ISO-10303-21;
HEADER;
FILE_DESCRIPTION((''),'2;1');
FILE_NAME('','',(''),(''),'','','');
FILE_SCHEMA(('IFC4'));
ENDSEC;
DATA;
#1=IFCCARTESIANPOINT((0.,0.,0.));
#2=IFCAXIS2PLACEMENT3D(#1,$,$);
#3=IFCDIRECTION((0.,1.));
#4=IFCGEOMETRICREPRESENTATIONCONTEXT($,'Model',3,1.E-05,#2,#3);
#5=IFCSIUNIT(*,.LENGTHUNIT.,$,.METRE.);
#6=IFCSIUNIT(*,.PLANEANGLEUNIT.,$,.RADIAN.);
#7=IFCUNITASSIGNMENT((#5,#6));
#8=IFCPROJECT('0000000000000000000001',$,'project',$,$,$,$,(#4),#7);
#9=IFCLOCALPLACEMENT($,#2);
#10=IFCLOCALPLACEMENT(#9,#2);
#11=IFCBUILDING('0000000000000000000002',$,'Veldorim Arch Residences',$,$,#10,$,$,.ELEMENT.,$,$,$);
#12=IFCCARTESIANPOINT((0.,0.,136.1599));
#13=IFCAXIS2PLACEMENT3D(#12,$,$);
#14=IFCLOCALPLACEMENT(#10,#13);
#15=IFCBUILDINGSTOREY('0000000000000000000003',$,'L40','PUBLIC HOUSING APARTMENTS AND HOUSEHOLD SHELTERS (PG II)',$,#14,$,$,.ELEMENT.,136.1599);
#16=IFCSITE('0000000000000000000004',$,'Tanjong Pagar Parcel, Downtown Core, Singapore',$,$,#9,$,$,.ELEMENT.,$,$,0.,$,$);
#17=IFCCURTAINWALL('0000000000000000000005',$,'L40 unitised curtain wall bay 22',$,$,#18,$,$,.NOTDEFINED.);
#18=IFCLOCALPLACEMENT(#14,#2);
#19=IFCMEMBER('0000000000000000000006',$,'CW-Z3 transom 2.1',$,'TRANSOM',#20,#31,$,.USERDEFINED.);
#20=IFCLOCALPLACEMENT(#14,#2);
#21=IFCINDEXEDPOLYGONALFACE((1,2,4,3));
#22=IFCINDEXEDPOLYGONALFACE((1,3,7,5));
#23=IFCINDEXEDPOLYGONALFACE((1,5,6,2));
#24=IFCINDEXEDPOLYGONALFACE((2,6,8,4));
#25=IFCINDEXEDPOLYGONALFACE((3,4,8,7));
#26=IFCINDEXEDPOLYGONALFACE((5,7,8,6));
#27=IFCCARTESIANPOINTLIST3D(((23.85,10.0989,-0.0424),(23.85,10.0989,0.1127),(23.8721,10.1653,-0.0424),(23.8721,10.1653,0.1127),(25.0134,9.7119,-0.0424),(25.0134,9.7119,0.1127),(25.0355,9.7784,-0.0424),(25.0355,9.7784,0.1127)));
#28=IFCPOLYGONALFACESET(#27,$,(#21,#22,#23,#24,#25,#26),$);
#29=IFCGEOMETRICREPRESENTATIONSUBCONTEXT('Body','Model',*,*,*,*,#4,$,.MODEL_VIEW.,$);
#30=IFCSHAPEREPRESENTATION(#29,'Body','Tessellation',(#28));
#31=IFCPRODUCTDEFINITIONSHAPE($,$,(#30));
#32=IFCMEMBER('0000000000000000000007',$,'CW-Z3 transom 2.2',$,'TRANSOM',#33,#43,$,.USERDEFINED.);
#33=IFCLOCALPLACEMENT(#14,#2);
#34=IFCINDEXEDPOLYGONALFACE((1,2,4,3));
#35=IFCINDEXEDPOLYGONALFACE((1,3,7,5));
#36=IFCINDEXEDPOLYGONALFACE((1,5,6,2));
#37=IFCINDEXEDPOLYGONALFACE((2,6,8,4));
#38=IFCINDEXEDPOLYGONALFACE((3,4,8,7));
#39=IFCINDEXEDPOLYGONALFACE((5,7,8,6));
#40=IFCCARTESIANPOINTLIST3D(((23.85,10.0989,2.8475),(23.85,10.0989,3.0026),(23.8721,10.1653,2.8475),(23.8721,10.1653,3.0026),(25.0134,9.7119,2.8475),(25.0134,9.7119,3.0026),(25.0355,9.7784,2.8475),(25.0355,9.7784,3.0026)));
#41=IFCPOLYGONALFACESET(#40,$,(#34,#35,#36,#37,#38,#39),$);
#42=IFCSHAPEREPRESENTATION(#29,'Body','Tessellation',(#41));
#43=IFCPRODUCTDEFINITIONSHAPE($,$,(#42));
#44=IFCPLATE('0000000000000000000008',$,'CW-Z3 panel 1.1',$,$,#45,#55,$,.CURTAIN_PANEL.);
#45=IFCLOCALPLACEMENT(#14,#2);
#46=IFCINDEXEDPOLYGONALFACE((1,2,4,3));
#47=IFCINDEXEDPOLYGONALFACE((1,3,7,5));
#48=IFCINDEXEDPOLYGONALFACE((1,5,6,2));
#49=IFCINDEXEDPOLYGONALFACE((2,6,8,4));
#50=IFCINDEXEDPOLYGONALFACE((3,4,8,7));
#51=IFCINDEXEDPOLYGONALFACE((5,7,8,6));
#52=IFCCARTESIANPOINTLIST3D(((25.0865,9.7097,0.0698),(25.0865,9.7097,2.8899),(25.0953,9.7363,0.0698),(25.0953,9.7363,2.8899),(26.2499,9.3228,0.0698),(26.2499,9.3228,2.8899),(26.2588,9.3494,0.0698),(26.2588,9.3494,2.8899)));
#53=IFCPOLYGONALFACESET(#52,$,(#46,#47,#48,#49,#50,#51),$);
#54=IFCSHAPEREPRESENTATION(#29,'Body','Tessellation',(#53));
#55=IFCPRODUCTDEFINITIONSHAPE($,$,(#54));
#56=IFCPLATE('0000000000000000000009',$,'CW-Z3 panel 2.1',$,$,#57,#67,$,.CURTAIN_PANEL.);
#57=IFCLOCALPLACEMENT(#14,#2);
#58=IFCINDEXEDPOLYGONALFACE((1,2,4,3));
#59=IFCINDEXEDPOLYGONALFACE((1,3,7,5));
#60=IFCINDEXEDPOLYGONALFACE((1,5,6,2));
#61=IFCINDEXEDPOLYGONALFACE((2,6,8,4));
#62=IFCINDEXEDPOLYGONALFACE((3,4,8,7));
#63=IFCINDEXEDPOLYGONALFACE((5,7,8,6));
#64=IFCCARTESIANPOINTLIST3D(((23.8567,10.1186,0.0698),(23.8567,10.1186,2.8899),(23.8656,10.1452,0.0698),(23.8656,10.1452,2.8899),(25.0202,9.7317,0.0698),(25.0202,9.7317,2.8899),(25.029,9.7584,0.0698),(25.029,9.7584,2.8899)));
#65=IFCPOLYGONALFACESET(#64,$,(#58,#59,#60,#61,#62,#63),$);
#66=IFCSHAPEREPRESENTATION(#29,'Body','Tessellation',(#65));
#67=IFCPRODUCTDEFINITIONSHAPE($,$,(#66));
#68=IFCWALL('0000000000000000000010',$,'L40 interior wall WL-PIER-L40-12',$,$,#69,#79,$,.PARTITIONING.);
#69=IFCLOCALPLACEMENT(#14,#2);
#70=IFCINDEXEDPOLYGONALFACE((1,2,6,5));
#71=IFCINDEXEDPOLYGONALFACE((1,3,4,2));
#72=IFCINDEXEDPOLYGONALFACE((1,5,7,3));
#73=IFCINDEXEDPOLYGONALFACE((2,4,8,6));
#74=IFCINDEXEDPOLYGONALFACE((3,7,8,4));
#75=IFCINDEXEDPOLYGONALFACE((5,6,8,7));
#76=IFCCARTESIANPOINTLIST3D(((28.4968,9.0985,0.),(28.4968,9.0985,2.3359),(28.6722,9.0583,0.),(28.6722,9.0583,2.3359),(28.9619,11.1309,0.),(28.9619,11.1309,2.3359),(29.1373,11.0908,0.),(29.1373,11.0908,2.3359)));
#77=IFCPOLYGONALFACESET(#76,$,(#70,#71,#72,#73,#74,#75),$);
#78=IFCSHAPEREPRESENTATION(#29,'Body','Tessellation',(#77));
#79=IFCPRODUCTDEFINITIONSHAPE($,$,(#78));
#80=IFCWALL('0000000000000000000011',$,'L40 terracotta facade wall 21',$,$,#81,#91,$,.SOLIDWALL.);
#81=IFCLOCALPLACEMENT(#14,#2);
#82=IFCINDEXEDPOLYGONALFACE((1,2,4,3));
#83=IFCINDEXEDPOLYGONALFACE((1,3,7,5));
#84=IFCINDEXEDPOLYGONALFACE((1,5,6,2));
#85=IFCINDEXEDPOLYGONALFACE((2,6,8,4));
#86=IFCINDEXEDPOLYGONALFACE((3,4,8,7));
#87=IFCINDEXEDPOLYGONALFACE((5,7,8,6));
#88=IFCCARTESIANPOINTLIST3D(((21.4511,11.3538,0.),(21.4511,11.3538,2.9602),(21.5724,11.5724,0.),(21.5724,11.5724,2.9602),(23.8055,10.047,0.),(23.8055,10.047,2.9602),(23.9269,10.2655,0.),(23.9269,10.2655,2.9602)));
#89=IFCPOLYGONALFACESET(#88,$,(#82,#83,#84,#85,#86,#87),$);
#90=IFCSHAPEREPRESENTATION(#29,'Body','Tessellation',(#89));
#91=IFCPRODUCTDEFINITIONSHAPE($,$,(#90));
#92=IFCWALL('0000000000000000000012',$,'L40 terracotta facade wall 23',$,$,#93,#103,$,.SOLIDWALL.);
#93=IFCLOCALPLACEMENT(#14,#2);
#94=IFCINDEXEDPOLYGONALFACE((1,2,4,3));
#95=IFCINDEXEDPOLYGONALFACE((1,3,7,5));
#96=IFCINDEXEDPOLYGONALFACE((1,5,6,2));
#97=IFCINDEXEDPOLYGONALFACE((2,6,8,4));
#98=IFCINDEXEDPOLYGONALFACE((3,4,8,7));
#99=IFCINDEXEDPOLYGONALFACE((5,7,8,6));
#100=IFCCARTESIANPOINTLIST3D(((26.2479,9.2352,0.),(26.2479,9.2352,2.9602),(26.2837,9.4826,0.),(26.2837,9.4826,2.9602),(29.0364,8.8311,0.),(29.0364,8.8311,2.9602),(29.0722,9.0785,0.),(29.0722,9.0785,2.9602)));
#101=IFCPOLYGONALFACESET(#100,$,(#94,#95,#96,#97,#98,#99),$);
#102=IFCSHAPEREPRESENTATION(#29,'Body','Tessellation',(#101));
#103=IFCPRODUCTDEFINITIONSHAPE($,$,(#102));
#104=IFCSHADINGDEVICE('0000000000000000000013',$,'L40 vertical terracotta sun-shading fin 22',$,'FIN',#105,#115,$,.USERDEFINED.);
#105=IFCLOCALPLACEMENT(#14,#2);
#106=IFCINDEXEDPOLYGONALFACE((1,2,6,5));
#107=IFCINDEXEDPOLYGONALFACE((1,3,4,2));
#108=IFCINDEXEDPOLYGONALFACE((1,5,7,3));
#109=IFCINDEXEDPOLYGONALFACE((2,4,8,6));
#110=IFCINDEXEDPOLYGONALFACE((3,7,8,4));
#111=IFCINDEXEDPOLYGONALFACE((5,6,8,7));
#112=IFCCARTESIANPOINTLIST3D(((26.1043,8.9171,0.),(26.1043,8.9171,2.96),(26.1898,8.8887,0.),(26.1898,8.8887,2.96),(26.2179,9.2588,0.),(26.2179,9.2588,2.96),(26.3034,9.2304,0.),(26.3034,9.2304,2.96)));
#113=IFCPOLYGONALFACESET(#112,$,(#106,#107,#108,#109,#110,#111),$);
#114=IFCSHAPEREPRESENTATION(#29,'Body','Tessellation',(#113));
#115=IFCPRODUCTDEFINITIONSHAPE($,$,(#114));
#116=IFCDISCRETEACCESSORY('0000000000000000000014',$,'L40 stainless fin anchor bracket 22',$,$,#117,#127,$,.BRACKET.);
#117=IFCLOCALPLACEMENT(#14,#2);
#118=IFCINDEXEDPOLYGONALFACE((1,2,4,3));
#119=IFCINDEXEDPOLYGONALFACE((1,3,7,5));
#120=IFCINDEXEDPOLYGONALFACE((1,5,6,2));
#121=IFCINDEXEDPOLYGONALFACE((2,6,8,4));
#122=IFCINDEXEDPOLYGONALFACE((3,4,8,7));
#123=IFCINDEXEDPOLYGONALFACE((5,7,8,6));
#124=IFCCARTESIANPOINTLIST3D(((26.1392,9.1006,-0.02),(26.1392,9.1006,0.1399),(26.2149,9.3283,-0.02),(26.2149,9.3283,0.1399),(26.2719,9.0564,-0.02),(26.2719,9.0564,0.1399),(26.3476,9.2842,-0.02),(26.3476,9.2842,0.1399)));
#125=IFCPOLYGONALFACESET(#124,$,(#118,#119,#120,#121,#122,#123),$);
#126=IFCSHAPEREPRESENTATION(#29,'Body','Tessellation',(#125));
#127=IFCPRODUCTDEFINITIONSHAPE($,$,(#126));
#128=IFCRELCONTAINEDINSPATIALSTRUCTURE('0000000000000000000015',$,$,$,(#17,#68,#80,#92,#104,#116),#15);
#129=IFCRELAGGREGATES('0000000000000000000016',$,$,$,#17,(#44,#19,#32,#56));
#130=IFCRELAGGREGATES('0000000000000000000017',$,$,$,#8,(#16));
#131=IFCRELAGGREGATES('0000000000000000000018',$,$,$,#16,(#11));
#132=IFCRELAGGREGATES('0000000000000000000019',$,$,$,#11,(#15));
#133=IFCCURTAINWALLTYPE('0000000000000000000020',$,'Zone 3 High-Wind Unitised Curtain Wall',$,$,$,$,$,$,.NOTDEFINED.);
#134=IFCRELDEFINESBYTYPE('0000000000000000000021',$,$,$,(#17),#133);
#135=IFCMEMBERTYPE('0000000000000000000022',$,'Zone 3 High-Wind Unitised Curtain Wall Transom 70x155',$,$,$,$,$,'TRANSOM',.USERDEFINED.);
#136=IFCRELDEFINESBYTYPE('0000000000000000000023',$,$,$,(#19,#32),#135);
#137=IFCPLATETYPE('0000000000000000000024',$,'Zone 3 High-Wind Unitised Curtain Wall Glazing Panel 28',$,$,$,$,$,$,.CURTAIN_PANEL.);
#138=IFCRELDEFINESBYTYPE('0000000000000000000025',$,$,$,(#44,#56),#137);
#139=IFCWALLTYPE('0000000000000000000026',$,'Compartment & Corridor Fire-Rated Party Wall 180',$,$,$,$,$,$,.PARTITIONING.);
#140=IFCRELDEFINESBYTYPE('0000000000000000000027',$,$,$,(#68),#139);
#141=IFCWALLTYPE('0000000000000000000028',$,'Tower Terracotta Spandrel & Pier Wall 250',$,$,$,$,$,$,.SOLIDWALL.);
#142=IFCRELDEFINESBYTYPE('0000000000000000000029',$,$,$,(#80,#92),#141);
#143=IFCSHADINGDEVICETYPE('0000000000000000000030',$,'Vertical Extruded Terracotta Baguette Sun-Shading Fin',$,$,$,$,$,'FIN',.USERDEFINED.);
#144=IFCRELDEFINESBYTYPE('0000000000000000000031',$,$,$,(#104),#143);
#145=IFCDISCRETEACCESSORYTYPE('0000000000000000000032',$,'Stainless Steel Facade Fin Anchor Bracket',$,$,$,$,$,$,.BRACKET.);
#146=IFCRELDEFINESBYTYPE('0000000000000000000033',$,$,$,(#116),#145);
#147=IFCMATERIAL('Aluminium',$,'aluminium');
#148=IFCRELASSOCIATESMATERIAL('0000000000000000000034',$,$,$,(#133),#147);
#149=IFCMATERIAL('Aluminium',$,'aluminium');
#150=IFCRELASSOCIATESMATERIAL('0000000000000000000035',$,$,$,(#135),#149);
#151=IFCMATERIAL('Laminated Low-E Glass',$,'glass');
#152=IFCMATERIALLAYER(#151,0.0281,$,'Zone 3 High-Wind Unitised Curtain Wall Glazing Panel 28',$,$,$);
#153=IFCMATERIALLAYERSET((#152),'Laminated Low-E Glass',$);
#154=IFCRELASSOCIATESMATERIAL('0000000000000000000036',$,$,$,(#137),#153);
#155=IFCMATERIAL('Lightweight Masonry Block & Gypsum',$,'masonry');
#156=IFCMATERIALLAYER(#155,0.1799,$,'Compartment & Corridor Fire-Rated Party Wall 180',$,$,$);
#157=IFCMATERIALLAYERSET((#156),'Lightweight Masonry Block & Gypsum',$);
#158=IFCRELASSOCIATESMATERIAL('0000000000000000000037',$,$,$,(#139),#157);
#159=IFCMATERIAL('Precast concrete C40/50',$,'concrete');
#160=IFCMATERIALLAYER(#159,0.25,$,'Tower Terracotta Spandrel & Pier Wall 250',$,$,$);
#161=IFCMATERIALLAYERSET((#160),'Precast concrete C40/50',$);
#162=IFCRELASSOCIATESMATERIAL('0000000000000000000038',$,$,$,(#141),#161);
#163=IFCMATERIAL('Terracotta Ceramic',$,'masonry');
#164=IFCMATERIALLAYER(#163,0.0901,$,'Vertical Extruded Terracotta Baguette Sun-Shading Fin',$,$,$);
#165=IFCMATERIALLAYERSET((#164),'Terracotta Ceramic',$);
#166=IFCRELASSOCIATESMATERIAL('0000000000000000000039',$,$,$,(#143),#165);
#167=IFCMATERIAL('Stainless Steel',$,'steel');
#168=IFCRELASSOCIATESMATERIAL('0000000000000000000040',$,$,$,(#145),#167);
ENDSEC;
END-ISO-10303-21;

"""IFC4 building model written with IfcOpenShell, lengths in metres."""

from ifc_helpers import new_model, si_unit, direction, frame, frame_2d, origin, origin_2d, place, context, subcontext, project, spatial, rectangle, extrude, material, layer, layer_set, material_profile, profile_set, type_object, element, aggregate, save


model = new_model("IFC4")

# Units and contexts
model_context = context("Model", 3, precision=1e-05, world=origin(), true_north=direction((0.0, 1.0)))
body_context = subcontext(model_context, "Body", "Model", "MODEL_VIEW")
ifc_project = project(units=[si_unit("LENGTHUNIT", "METRE"), si_unit("PLANEANGLEUNIT", "RADIAN")], contexts=[model_context])

# Site, building, storey
site_placement = place(None, origin())
site = spatial("IfcSite", under=ifc_project, at=site_placement, Name="Tanjong Pagar Parcel, Downtown Core, Singapore", CompositionType="ELEMENT", RefElevation=0.0)
building_placement = place(site_placement, origin())
building = spatial("IfcBuilding", under=site, at=building_placement, Name="Veldorim Arch Residences", CompositionType="ELEMENT")
storey_placement = place(building_placement, frame((0.0, 0.0, 136.1599)))
storey = spatial("IfcBuildingStorey", under=building, at=storey_placement, Name="L40", Description="PUBLIC HOUSING APARTMENTS AND HOUSEHOLD SHELTERS (PG II)", CompositionType="ELEMENT", Elevation=136.1599)

# Curtain wall, members, plates
ifc_material_1 = material(Name="Aluminium", Category="aluminium")
curtain_wall_type = type_object("IfcCurtainWallType", Name="Zone 3 High-Wind Unitised Curtain Wall", PredefinedType="NOTDEFINED", material=ifc_material_1)
curtain_wall_placement = place(storey_placement, origin())
curtain_wall = element("IfcCurtainWall", 1, at=curtain_wall_placement, inside=storey, type_object=curtain_wall_type, Name="L40 unitised curtain wall bay 22", PredefinedType="NOTDEFINED")
ifc_material_2 = material(Name="Aluminium", Category="aluminium")
ifc_material_profile_1 = material_profile(ifc_material_2, rectangle(XDim=0.0701, YDim=0.155, at=origin_2d()), Name="ALU_TRN_70x155")
ifc_profile_set_1 = profile_set([ifc_material_profile_1], Name="Aluminium")
member_type_1 = type_object("IfcMemberType", Name="Zone 3 High-Wind Unitised Curtain Wall Transom 70x155", ElementType="TRANSOM", PredefinedType="USERDEFINED", material=ifc_profile_set_1)
member_1_placement = place(storey_placement, frame((25.0244, 9.7451, 0.0352), z_axis=(-0.948882, 0.31563, 0.0), x_axis=(-0.31563, -0.948882, 0.0)))
member_1 = element("IfcMember", 2, at=member_1_placement, type_object=member_type_1, Name="CW-Z3 transom 2.1", ObjectType="TRANSOM", PredefinedType="USERDEFINED", context=body_context, shape_type="SweptSolid", body=[
    extrude(rectangle(XDim=0.0701, YDim=0.155, at=origin_2d()), origin(), (0.0, 0.0, 1.0), 1.2261),
])
member_2_placement = place(storey_placement, frame((25.0244, 9.7451, 2.925), z_axis=(-0.948882, 0.31563, 0.0), x_axis=(-0.31563, -0.948882, 0.0)))
member_2 = element("IfcMember", 3, at=member_2_placement, type_object=member_type_1, Name="CW-Z3 transom 2.2", ObjectType="TRANSOM", PredefinedType="USERDEFINED", context=body_context, shape_type="SweptSolid", body=[
    extrude(rectangle(XDim=0.0701, YDim=0.155, at=origin_2d()), origin(), (0.0, 0.0, 1.0), 1.2261),
])
ifc_material_3 = material(Name="Laminated Low-E Glass", Category="glass")
ifc_layer_1 = layer(ifc_material_3, 0.0281, Name="Zone 3 High-Wind Unitised Curtain Wall Glazing Panel 28")
ifc_layer_set_1 = layer_set([ifc_layer_1], Name="Laminated Low-E Glass")
plate_type = type_object("IfcPlateType", Name="Zone 3 High-Wind Unitised Curtain Wall Glazing Panel 28", PredefinedType="CURTAIN_PANEL", material=ifc_layer_set_1)
plate_1_placement = place(storey_placement, frame((25.6726, 9.5295, 0.0698), z_axis=(0.0, 0.0, 1.0), x_axis=(-0.948908, 0.315552, 0.0)))
plate_1 = element("IfcPlate", 4, at=plate_1_placement, type_object=plate_type, Name="CW-Z3 panel 1.1", PredefinedType="CURTAIN_PANEL", context=body_context, shape_type="SweptSolid", body=[
    extrude(rectangle(XDim=1.2261, YDim=0.0281, at=origin_2d()), origin(), (0.0, 0.0, 1.0), 2.8201),
])
plate_2_placement = place(storey_placement, frame((24.4429, 9.9385, 0.0698), z_axis=(0.0, 0.0, 1.0), x_axis=(-0.948908, 0.315552, 0.0)))
plate_2 = element("IfcPlate", 5, at=plate_2_placement, type_object=plate_type, Name="CW-Z3 panel 2.1", PredefinedType="CURTAIN_PANEL", context=body_context, shape_type="SweptSolid", body=[
    extrude(rectangle(XDim=1.2261, YDim=0.0281, at=origin_2d()), origin(), (0.0, 0.0, 1.0), 2.8201),
])
aggregate(curtain_wall, [plate_1, member_1, member_2, plate_2])

# Walls
ifc_material_4 = material(Name="Lightweight Masonry Block & Gypsum", Category="masonry")
ifc_layer_2 = layer(ifc_material_4, 0.1799, Name="Compartment & Corridor Fire-Rated Party Wall 180")
ifc_layer_set_2 = layer_set([ifc_layer_2], Name="Lightweight Masonry Block & Gypsum")
wall_type_1 = type_object("IfcWallType", Name="Compartment & Corridor Fire-Rated Party Wall 180", PredefinedType="PARTITIONING", material=ifc_layer_set_2)
wall_1_placement = place(storey_placement, frame((29.0496, 11.1108, 0.0), z_axis=(0.0, 0.0, 1.0), x_axis=(-0.223063, -0.974804, 0.0)))
element("IfcWall", 6, at=wall_1_placement, inside=storey, type_object=wall_type_1, Name="L40 interior wall WL-PIER-L40-12", PredefinedType="PARTITIONING", context=body_context, shape_type="SweptSolid", body=[
    extrude(rectangle(XDim=2.085, YDim=0.1799, at=frame_2d((1.0425, 0.0))), origin(), (0.0, 0.0, 1.0), 2.3359),
])
ifc_material_5 = material(Name="Precast concrete C40/50", Category="concrete")
ifc_layer_3 = layer(ifc_material_5, 0.25, Name="Tower Terracotta Spandrel & Pier Wall 250")
ifc_layer_set_3 = layer_set([ifc_layer_3], Name="Precast concrete C40/50")
wall_type_2 = type_object("IfcWallType", Name="Tower Terracotta Spandrel & Pier Wall 250", PredefinedType="SOLIDWALL", material=ifc_layer_set_3)
wall_2_placement = place(storey_placement, frame((23.8662, 10.1562, 0.0), z_axis=(0.0, 0.0, 1.0), x_axis=(-0.874341, 0.485312, 0.0)))
element("IfcWall", 7, at=wall_2_placement, inside=storey, type_object=wall_type_2, Name="L40 terracotta facade wall 21", PredefinedType="SOLIDWALL", context=body_context, shape_type="SweptSolid", body=[
    extrude(rectangle(XDim=2.6929, YDim=0.25, at=frame_2d((1.3464, 0.0))), origin(), (0.0, 0.0, 1.0), 2.9602),
])
wall_3_placement = place(storey_placement, frame((29.0542, 8.9548, 0.0), z_axis=(0.0, 0.0, 1.0), x_axis=(-0.989665, 0.143398, 0.0)))
element("IfcWall", 8, at=wall_3_placement, inside=storey, type_object=wall_type_2, Name="L40 terracotta facade wall 23", PredefinedType="SOLIDWALL", context=body_context, shape_type="SweptSolid", body=[
    extrude(rectangle(XDim=2.8176, YDim=0.25, at=frame_2d((1.4087, 0.0))), origin(), (0.0, 0.0, 1.0), 2.9602),
])

# Shading device
ifc_material_6 = material(Name="Terracotta Ceramic", Category="masonry")
ifc_layer_4 = layer(ifc_material_6, 0.0901, Name="Vertical Extruded Terracotta Baguette Sun-Shading Fin")
ifc_layer_set_4 = layer_set([ifc_layer_4], Name="Terracotta Ceramic")
shading_device_type = type_object("IfcShadingDeviceType", Name="Vertical Extruded Terracotta Baguette Sun-Shading Fin", ElementType="FIN", PredefinedType="USERDEFINED", material=ifc_layer_set_4)
shading_device_placement = place(storey_placement, frame((26.2039, 9.0737, 0.0), z_axis=(0.0, 0.0, 1.0), x_axis=(-0.948931, 0.315483, 0.0)))
element("IfcShadingDevice", 9, at=shading_device_placement, inside=storey, type_object=shading_device_type, Name="L40 vertical terracotta sun-shading fin 22", ObjectType="FIN", PredefinedType="USERDEFINED", context=body_context, shape_type="SweptSolid", body=[
    extrude(rectangle(XDim=0.0901, YDim=0.3601, at=origin_2d()), origin(), (0.0, 0.0, 1.0), 2.96),
])

# Discrete accessory
ifc_material_7 = material(Name="Stainless Steel", Category="steel")
discrete_accessory_type = type_object("IfcDiscreteAccessoryType", Name="Stainless Steel Facade Fin Anchor Bracket", PredefinedType="BRACKET", material=ifc_material_7)
discrete_accessory_placement = place(storey_placement, frame((26.2434, 9.1924, -0.02), z_axis=(0.0, 0.0, 1.0), x_axis=(-0.948931, 0.315483, 0.0)))
element("IfcDiscreteAccessory", 10, at=discrete_accessory_placement, inside=storey, type_object=discrete_accessory_type, Name="L40 stainless fin anchor bracket 22", PredefinedType="BRACKET", context=body_context, shape_type="SweptSolid", body=[
    extrude(rectangle(XDim=0.1399, YDim=0.24, at=origin_2d()), origin(), (0.0, 0.0, 1.0), 0.1599),
])

save(model, "model.ifc")
